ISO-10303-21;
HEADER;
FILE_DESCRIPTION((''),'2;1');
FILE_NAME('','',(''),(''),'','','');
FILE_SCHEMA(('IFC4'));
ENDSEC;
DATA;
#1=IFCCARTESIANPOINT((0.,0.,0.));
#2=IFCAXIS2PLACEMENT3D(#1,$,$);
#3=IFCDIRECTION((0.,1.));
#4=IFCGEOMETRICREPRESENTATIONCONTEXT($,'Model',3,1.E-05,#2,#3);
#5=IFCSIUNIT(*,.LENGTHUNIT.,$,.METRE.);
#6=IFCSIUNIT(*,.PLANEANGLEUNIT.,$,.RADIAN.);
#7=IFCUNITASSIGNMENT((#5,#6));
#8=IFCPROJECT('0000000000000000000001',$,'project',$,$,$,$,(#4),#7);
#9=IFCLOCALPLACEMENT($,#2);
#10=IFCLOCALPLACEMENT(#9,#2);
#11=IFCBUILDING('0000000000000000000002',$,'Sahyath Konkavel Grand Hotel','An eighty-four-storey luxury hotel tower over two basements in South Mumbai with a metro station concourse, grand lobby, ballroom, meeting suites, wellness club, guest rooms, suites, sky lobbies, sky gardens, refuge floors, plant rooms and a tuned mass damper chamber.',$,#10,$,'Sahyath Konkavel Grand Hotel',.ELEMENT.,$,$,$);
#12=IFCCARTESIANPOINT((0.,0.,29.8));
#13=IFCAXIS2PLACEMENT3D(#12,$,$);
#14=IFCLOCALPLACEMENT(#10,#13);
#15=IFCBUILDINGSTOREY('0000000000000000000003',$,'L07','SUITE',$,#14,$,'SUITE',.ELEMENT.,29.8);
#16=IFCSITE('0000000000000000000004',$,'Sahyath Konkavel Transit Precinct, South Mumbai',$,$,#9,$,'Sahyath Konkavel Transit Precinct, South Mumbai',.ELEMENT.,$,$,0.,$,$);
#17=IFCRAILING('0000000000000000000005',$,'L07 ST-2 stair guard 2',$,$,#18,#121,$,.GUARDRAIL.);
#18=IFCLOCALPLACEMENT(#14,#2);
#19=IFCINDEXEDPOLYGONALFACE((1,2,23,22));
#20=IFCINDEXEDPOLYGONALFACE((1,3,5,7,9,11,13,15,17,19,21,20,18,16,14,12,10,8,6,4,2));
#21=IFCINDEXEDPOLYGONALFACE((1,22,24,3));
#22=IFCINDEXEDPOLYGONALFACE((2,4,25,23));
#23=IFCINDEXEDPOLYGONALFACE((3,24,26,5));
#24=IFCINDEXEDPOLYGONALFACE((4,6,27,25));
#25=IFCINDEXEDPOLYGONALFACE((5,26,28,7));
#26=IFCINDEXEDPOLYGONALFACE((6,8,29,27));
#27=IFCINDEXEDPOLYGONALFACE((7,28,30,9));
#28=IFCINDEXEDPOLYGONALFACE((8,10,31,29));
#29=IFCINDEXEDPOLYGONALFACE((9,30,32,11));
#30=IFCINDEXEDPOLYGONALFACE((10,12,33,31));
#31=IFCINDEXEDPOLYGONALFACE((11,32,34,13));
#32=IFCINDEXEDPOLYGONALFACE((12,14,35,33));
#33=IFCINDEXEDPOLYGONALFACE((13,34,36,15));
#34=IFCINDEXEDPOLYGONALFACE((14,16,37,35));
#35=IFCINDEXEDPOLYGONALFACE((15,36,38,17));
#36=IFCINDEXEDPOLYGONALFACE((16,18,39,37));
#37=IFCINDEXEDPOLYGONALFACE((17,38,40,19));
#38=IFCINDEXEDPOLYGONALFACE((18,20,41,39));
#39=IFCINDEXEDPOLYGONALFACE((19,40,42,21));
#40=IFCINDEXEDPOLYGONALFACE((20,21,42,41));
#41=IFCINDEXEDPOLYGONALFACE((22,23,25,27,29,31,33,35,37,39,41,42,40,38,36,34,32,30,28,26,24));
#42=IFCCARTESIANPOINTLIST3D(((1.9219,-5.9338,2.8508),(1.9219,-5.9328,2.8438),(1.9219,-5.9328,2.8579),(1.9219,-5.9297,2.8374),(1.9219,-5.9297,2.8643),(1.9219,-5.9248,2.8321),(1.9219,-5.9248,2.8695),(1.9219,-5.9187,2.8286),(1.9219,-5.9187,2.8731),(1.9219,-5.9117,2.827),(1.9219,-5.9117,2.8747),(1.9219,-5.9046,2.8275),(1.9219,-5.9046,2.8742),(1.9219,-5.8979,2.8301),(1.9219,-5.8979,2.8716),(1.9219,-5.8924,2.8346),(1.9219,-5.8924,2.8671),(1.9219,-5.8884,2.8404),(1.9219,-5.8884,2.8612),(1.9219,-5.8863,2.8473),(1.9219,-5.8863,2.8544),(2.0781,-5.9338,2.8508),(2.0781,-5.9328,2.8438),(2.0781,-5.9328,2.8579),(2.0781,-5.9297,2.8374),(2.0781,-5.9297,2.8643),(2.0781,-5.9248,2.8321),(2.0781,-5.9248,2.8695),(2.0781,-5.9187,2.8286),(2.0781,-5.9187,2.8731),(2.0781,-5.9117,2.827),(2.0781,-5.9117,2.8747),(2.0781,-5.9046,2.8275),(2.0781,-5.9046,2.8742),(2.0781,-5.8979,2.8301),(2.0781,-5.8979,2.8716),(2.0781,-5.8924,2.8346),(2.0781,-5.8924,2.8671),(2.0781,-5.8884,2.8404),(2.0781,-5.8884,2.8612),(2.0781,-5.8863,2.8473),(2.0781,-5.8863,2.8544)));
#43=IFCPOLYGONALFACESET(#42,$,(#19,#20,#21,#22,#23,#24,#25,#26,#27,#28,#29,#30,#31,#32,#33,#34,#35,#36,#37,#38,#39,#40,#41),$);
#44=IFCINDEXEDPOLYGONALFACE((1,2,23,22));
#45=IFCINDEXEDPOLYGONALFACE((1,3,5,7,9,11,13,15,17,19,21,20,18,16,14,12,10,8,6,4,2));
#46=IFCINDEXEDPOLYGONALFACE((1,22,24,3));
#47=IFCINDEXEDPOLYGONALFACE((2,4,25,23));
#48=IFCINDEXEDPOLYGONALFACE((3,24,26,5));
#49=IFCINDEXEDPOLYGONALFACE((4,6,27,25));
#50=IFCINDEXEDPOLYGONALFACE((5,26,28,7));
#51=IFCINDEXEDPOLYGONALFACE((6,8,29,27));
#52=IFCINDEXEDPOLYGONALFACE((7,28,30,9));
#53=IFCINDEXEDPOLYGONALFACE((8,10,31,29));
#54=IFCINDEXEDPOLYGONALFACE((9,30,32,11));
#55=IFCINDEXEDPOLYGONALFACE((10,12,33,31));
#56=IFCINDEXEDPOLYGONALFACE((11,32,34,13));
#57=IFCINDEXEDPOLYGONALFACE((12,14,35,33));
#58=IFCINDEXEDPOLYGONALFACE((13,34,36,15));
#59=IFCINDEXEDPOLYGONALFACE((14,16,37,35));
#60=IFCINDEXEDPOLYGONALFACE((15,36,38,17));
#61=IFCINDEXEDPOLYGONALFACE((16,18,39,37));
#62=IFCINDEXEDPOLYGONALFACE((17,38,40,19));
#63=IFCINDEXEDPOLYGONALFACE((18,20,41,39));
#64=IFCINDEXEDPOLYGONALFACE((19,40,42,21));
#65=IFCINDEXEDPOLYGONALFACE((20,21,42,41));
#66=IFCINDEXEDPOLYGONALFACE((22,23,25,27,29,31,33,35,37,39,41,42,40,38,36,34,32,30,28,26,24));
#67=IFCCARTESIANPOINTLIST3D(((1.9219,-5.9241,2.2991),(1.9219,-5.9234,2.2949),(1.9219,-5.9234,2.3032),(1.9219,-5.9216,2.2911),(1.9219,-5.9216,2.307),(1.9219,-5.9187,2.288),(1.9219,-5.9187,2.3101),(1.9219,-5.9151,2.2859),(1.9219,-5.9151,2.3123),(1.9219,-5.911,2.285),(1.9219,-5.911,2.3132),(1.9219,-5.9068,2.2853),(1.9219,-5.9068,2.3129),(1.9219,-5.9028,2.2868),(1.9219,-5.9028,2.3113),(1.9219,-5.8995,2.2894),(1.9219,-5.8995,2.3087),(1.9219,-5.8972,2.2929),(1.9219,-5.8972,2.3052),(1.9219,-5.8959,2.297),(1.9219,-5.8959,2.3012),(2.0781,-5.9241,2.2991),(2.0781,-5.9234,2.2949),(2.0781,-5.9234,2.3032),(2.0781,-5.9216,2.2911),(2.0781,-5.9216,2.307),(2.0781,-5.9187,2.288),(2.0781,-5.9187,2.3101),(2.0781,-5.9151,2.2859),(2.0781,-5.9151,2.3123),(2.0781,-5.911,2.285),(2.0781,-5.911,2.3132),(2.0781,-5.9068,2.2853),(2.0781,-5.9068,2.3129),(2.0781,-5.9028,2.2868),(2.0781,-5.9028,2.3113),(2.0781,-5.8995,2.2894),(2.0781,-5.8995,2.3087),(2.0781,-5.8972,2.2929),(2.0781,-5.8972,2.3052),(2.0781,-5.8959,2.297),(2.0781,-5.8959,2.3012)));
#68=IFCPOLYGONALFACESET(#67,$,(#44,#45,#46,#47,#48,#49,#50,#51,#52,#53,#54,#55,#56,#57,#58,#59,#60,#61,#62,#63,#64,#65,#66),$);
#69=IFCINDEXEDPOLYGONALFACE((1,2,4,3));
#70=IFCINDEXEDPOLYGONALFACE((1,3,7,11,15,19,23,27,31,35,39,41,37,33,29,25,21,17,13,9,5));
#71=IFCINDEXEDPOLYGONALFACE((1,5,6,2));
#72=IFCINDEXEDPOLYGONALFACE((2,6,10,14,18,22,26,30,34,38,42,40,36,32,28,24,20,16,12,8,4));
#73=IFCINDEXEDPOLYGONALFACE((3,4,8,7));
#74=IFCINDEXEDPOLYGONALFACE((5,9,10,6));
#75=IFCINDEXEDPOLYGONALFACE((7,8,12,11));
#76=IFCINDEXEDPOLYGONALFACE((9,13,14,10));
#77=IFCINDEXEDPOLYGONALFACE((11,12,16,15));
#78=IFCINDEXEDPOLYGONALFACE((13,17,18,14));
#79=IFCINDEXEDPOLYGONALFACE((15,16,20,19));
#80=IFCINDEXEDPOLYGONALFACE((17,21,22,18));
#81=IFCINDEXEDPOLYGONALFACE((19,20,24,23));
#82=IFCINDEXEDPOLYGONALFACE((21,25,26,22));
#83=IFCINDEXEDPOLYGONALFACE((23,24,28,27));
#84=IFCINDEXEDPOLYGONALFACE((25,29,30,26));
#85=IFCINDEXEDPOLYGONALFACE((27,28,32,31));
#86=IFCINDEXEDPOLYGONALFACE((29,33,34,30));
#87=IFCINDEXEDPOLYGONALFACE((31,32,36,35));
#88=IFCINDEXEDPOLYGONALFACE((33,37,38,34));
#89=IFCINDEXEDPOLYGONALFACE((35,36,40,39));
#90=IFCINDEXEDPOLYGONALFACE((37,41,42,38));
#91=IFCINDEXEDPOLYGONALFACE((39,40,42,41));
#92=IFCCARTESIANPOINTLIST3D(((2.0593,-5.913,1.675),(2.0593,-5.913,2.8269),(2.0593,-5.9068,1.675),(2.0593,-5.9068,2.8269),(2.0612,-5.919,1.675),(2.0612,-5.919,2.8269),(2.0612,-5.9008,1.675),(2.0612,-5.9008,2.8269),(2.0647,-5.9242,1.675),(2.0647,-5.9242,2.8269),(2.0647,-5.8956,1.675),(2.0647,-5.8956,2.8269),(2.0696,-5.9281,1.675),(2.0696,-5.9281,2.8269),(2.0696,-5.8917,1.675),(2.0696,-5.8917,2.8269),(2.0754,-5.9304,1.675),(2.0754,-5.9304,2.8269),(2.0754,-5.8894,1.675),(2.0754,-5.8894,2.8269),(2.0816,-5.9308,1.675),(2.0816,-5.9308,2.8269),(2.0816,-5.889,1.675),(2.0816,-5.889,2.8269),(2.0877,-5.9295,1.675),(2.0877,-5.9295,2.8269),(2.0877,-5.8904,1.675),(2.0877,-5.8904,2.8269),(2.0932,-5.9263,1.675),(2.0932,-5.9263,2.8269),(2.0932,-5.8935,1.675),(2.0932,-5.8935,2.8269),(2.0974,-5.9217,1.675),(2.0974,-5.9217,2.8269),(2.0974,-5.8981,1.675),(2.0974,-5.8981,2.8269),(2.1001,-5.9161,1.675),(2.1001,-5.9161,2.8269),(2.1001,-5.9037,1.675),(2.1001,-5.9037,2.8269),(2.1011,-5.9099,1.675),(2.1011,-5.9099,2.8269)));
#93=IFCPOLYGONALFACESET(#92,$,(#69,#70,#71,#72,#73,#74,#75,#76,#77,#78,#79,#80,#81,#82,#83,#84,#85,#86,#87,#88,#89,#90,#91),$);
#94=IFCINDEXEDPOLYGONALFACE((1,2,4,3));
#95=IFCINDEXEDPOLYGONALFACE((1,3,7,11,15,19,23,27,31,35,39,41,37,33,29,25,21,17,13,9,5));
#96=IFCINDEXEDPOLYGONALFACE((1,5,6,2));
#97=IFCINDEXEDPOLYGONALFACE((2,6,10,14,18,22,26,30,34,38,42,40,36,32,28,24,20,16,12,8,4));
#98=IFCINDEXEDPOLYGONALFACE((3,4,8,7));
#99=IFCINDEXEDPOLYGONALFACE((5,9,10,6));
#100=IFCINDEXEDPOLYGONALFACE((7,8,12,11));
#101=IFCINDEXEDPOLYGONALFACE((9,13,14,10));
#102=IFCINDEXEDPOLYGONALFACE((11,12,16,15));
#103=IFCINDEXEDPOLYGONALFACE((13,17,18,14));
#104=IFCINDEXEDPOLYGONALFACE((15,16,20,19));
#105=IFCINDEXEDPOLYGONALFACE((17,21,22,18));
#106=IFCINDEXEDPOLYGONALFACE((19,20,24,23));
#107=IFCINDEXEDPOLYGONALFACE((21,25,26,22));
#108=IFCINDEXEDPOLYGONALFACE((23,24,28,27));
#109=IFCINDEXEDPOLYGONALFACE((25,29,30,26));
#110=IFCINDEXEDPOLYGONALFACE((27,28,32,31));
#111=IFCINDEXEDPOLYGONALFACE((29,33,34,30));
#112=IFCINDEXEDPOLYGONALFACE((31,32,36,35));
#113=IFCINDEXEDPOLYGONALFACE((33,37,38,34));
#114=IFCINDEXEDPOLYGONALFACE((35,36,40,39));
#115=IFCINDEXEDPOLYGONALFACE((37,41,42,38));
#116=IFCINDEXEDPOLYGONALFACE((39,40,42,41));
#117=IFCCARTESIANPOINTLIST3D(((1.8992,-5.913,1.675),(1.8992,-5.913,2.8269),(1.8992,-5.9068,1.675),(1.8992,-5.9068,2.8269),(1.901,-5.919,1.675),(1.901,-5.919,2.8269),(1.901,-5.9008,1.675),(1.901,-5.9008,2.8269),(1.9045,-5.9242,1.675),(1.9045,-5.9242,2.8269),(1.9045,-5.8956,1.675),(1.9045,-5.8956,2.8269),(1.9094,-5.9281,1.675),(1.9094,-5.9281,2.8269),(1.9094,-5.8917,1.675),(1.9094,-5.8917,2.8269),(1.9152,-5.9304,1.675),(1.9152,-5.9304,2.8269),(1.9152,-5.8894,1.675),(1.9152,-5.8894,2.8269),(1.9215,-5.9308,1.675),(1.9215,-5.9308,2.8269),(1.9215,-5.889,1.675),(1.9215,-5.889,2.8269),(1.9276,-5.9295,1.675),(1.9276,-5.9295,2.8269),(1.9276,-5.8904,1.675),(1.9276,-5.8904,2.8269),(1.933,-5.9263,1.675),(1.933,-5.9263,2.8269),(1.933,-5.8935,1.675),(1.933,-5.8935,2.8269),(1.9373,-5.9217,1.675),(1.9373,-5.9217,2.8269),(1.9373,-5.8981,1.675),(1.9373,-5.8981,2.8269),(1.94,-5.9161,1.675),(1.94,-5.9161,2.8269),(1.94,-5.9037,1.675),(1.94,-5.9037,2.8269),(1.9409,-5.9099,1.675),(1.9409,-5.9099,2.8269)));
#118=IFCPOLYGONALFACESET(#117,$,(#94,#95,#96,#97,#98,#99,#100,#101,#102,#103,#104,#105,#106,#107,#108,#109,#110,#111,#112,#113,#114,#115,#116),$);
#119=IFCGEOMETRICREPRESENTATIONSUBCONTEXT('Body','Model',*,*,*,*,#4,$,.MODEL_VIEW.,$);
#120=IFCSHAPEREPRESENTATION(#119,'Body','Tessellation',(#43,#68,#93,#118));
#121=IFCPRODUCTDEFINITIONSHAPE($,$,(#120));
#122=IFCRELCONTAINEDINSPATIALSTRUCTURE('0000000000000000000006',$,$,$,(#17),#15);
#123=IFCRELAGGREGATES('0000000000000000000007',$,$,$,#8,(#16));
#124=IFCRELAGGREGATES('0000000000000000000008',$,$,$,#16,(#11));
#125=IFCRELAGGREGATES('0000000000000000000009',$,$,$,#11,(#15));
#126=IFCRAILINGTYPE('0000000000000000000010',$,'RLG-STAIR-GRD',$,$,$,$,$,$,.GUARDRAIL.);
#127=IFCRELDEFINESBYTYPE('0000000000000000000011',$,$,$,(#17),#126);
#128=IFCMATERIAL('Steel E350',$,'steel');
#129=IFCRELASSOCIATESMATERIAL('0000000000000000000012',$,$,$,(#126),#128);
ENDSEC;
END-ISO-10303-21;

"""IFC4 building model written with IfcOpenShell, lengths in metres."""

from ifc_helpers import new_model, si_unit, direction, frame, origin, origin_2d, place, context, subcontext, project, spatial, circle, extrude, material, type_object, element, save


model = new_model("IFC4")

# Units and contexts
model_context = context("Model", 3, precision=1e-05, world=origin(), true_north=direction((0.0, 1.0)))
body_context = subcontext(model_context, "Body", "Model", "MODEL_VIEW")
ifc_project = project(units=[si_unit("LENGTHUNIT", "METRE"), si_unit("PLANEANGLEUNIT", "RADIAN")], contexts=[model_context])

# Site, building, storey
site_placement = place(None, origin())
site = spatial("IfcSite", under=ifc_project, at=site_placement, Name="Sahyath Konkavel Transit Precinct, South Mumbai", LongName="Sahyath Konkavel Transit Precinct, South Mumbai", CompositionType="ELEMENT", RefElevation=0.0)
building_placement = place(site_placement, origin())
building = spatial("IfcBuilding", under=site, at=building_placement, Name="Sahyath Konkavel Grand Hotel", Description="An eighty-four-storey luxury hotel tower over two basements in South Mumbai with a metro station concourse, grand lobby, ballroom, meeting suites, wellness club, guest rooms, suites, sky lobbies, sky gardens, refuge floors, plant rooms and a tuned mass damper chamber.", LongName="Sahyath Konkavel Grand Hotel", CompositionType="ELEMENT")
storey_placement = place(building_placement, frame((0.0, 0.0, 29.8)))
storey = spatial("IfcBuildingStorey", under=building, at=storey_placement, Name="L07", Description="SUITE", LongName="SUITE", CompositionType="ELEMENT", Elevation=29.8)

# Shared definitions
ifc_material_1 = material(Name="Steel E350", Category="steel")

# Railing
railing_type_1 = type_object("IfcRailingType", Name="RLG-STAIR-GRD", PredefinedType="GUARDRAIL", material=ifc_material_1)
railing_1_placement = place(storey_placement, frame((2.0801, -5.9099, 1.675)))
element("IfcRailing", 1, at=railing_1_placement, inside=storey, type_object=railing_type_1, Name="L07 ST-2 stair guard 2", PredefinedType="GUARDRAIL", context=body_context, shape_type="SweptSolid", body=[
    extrude(circle(Radius=0.0239, at=origin_2d()), frame((-0.002, 0.0, 1.1758), z_axis=(-1.0, 0.0, 0.0), x_axis=(0.0, -1.0, 0.0)), (0.0, 0.0, 1.0), 0.1562),
    extrude(circle(Radius=0.0142, at=origin_2d()), frame((-0.002, 0.0, 0.624), z_axis=(-1.0, 0.0, 0.0), x_axis=(0.0, -1.0, 0.0)), (0.0, 0.0, 1.0), 0.1562),
    extrude(circle(Radius=0.021, at=origin_2d()), origin(), (0.0, 0.0, 1.0), 1.1519),
    extrude(circle(Radius=0.021, at=origin_2d()), frame((-0.1602, 0.0, 0.0)), (0.0, 0.0, 1.0), 1.1519),
])

save(model, "model.ifc")
